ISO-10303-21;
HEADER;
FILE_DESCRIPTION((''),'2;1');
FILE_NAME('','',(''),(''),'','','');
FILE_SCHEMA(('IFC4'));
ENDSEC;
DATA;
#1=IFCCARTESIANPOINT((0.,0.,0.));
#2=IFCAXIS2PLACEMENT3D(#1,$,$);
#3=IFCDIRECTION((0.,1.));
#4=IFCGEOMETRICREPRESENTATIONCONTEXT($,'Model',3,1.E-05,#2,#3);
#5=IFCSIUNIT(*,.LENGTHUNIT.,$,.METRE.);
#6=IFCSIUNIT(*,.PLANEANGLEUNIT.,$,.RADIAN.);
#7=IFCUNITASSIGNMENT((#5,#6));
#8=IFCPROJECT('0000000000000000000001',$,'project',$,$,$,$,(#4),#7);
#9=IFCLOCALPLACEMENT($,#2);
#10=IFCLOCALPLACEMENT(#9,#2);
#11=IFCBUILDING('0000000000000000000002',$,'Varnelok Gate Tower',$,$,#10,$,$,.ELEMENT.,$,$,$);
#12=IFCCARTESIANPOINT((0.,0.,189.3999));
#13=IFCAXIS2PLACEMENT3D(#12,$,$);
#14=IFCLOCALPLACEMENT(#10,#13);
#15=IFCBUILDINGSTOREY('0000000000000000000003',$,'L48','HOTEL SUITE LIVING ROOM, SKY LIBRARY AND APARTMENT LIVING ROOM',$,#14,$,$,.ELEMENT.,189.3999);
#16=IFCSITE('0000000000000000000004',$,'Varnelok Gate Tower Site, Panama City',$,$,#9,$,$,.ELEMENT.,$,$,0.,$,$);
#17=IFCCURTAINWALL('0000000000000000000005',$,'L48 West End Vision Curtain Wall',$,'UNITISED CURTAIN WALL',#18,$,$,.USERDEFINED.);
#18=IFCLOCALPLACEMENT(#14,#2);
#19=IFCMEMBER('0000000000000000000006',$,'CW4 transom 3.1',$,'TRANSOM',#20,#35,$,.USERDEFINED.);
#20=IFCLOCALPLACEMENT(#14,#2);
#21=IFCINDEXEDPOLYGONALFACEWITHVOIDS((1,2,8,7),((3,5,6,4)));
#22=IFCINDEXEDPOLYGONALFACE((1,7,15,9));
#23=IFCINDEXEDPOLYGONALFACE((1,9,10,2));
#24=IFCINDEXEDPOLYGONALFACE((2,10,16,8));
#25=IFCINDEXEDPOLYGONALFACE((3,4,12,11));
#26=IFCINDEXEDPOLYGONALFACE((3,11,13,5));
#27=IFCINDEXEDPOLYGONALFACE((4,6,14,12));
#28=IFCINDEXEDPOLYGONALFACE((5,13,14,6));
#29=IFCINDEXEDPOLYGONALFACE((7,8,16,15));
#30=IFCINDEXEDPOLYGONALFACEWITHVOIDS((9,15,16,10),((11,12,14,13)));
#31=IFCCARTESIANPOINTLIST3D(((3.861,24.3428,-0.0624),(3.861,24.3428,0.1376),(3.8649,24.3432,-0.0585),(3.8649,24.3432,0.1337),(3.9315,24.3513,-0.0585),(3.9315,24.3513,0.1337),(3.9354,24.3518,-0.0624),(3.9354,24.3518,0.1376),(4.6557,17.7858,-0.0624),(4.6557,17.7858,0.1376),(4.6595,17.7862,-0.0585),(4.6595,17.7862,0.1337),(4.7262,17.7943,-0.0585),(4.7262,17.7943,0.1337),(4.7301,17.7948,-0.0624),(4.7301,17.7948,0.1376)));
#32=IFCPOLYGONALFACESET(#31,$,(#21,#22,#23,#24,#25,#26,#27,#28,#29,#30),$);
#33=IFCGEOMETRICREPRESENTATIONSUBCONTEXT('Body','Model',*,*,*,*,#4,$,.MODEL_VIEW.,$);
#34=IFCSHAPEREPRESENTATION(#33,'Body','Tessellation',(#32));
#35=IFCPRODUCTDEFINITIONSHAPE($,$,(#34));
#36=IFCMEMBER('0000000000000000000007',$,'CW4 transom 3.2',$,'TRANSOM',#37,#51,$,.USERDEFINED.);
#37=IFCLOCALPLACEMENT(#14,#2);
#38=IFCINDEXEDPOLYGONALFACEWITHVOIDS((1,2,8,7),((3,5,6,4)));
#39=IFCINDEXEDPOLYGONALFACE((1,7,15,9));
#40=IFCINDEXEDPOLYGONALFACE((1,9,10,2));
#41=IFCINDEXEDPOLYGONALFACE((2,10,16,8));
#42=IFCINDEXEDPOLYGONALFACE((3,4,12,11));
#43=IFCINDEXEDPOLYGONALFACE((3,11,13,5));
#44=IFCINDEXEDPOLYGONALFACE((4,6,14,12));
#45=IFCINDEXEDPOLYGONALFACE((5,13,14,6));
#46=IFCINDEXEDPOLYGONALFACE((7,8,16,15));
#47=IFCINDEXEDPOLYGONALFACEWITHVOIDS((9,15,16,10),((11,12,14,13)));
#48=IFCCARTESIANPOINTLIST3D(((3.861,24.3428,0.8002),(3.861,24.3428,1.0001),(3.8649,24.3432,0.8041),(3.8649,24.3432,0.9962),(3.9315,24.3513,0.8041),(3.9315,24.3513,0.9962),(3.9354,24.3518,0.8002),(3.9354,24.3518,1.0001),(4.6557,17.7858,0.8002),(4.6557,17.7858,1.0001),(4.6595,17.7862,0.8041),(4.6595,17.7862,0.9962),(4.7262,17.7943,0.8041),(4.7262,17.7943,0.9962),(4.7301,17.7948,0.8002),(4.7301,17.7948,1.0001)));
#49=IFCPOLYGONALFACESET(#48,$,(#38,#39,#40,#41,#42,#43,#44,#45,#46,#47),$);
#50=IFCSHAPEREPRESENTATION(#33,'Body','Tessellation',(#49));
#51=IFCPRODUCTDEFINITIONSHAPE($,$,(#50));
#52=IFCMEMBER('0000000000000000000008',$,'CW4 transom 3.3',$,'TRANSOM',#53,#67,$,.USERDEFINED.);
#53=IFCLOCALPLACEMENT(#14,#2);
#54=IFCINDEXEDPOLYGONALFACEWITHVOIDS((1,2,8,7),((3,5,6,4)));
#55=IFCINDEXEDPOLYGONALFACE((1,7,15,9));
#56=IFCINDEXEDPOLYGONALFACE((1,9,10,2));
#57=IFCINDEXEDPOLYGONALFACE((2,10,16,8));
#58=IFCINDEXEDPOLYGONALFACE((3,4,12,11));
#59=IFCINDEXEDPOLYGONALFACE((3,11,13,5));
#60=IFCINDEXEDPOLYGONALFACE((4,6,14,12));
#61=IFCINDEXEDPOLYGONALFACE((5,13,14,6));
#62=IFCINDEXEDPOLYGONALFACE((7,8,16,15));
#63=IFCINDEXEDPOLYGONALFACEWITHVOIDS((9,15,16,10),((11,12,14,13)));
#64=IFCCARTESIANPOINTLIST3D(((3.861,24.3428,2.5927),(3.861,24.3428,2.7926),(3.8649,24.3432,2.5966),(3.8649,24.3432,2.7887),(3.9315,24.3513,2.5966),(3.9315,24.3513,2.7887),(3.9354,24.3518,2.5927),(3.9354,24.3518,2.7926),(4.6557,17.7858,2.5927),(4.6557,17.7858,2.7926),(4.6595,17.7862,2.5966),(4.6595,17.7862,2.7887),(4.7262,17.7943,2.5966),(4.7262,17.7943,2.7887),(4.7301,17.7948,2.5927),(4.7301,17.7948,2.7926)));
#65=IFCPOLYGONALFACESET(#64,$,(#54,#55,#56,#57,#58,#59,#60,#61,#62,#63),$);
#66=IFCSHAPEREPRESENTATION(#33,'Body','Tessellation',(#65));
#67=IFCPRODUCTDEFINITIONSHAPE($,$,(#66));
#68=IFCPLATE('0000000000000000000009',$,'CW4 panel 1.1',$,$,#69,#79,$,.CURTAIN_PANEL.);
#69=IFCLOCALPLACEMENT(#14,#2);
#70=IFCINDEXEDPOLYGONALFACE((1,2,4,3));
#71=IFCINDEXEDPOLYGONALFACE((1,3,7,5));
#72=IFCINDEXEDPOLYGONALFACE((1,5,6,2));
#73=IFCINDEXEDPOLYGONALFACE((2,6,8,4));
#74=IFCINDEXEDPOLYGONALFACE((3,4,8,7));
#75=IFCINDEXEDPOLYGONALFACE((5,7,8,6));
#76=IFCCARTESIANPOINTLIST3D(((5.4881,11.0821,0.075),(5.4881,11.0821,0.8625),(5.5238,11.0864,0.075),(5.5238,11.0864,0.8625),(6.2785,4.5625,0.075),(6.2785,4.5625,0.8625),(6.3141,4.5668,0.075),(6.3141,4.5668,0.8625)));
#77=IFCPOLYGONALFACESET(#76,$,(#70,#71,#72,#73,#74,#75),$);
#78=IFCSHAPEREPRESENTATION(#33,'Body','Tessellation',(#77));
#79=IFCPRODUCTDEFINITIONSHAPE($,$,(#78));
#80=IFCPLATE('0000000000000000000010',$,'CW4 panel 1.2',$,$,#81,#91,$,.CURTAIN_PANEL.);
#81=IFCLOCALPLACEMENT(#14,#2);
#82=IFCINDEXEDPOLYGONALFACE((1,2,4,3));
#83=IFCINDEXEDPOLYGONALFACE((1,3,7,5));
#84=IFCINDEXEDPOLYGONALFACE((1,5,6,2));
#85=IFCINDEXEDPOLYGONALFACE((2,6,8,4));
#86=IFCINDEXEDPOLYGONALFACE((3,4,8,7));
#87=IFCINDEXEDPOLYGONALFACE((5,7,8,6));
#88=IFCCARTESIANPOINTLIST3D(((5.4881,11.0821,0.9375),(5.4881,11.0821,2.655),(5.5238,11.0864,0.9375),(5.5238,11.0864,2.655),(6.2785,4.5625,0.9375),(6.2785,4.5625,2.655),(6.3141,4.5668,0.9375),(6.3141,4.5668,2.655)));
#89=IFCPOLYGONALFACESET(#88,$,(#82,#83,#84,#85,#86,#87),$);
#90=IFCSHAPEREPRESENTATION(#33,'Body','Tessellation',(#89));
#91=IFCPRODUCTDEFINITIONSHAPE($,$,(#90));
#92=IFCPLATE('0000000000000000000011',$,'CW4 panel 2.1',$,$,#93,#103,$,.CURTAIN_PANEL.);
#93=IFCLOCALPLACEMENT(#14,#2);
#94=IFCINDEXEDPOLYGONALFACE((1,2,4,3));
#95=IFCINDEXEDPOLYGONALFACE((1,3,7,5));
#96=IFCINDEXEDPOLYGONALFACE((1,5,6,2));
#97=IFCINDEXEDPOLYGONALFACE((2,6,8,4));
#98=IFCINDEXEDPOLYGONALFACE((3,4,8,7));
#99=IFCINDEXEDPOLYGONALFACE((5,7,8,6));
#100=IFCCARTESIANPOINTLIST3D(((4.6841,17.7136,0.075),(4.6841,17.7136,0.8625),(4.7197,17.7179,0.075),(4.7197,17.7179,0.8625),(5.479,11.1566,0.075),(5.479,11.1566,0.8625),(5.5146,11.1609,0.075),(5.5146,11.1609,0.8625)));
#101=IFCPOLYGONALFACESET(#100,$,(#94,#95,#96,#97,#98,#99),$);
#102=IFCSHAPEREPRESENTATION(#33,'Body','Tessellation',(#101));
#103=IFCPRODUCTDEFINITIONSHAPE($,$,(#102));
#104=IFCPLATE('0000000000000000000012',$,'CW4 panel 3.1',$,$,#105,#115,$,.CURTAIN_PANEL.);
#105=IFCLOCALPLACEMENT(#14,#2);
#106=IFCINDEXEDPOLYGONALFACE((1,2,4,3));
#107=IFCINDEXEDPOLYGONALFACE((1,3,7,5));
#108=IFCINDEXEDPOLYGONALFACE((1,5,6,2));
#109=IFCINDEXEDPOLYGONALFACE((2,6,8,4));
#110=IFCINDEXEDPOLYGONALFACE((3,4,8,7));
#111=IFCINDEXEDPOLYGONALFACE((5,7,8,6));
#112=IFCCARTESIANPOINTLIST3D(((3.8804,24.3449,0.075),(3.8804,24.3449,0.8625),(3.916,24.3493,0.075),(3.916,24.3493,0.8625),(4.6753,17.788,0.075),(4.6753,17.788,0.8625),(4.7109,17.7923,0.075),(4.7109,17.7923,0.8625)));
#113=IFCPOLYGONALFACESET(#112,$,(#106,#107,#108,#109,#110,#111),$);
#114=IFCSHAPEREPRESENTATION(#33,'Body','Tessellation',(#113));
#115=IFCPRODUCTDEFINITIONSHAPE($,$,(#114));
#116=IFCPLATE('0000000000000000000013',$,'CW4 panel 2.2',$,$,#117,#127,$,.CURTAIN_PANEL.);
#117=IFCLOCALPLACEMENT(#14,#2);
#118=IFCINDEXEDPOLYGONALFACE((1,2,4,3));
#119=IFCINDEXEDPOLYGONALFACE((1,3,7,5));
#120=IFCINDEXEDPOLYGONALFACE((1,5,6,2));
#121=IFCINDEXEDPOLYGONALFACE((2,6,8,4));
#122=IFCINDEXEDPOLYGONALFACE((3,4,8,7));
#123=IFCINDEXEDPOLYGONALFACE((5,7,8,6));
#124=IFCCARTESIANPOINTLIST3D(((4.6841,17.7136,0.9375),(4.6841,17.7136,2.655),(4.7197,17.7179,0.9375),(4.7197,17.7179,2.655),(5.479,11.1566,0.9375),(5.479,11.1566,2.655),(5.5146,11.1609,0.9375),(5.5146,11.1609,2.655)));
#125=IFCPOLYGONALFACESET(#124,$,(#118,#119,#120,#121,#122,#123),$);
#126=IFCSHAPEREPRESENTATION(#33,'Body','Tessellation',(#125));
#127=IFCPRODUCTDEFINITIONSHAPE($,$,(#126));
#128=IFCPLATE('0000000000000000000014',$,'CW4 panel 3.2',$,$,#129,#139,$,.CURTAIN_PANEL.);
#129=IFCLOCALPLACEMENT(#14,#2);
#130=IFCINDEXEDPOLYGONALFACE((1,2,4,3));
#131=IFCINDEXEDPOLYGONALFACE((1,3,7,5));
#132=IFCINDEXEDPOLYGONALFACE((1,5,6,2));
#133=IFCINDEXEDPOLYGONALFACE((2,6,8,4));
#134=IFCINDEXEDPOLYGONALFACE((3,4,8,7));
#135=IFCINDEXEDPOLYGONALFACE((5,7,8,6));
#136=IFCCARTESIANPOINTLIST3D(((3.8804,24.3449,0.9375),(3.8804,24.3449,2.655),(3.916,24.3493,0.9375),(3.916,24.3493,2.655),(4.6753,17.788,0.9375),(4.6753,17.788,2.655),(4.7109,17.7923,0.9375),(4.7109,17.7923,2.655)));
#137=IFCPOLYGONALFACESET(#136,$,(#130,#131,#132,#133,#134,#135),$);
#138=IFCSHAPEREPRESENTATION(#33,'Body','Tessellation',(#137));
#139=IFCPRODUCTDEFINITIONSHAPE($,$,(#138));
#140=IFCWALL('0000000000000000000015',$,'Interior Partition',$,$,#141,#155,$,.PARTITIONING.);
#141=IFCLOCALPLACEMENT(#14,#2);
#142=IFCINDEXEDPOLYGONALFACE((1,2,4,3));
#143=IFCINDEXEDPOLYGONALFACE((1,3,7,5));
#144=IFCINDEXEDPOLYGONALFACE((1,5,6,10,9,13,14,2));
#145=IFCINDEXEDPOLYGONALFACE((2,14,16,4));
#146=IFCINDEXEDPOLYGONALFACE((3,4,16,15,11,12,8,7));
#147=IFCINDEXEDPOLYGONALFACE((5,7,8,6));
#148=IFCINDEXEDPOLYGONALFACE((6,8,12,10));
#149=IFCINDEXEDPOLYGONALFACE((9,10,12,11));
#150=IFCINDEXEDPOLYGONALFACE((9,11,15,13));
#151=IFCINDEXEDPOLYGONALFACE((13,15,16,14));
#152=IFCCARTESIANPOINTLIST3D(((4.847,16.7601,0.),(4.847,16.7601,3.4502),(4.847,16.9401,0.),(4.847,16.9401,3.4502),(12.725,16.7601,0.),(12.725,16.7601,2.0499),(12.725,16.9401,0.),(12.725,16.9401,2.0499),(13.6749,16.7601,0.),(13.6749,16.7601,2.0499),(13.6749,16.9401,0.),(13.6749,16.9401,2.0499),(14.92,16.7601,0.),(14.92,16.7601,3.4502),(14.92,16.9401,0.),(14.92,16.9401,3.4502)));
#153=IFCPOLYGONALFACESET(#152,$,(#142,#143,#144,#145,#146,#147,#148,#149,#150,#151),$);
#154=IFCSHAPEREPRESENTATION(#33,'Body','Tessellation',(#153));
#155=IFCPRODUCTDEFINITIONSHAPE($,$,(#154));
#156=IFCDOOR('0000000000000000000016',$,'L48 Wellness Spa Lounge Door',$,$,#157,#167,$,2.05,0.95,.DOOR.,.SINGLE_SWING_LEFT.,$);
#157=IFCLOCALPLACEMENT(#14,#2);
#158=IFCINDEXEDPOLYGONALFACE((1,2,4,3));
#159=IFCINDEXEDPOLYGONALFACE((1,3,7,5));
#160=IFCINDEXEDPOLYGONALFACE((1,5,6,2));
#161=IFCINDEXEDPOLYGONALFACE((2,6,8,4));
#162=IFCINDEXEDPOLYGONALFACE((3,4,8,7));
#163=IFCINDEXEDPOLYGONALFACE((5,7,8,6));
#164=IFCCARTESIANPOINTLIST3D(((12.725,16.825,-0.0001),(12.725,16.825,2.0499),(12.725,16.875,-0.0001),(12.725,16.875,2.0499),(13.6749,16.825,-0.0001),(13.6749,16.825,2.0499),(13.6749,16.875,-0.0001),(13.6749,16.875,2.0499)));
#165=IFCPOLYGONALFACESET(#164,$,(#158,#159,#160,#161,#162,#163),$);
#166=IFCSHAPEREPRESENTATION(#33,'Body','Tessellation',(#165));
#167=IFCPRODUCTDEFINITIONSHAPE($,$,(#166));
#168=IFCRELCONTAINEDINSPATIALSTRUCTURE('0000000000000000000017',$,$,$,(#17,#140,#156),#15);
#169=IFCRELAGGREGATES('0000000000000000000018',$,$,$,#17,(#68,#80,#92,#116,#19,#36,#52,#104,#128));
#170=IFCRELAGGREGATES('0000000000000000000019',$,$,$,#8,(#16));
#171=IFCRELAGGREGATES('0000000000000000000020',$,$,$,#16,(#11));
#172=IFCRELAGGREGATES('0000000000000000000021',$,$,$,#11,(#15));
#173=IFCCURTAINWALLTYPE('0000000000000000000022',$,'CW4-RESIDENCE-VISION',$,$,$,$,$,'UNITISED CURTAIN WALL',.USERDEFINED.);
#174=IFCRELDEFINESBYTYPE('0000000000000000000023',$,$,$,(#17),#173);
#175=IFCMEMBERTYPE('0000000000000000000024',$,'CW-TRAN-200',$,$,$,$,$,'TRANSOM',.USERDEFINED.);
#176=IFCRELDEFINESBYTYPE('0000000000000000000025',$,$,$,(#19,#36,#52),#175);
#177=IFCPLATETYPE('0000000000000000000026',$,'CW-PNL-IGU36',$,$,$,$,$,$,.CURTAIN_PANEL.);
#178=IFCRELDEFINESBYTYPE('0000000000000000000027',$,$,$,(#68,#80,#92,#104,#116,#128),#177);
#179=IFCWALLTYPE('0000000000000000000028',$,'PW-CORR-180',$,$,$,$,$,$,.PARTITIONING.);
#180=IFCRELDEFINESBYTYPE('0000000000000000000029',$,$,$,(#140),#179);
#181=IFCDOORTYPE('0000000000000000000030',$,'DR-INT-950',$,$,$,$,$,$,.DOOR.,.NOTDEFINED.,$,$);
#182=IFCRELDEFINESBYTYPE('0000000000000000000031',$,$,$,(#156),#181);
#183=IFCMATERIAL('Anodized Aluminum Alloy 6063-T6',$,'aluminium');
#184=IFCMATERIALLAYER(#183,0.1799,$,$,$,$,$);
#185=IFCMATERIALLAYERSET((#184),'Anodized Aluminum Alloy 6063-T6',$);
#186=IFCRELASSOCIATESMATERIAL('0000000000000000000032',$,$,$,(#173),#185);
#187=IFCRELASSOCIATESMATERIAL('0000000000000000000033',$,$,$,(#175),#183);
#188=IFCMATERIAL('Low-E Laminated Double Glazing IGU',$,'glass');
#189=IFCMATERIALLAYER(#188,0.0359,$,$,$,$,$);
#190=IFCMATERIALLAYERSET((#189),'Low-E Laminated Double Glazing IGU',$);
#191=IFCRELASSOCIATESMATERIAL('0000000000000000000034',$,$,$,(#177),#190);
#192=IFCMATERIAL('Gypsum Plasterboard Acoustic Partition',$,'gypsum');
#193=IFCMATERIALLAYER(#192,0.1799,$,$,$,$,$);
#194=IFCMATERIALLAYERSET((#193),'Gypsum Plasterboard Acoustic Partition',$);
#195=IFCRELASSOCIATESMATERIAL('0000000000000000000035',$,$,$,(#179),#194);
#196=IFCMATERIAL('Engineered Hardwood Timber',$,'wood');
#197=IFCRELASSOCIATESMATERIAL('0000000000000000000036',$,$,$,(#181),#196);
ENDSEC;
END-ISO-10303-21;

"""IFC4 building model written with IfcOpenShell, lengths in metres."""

from ifc_helpers import new_model, si_unit, direction, frame, frame_2d, origin, origin_2d, place, context, subcontext, project, spatial, rectangle, hollow_rectangle, extrude, source, transform, mapped, material, layer, layer_set, material_profile, profile_set, type_object, element, fill, aggregate, save


model = new_model("IFC4")

# Units and contexts
model_context = context("Model", 3, precision=1e-05, world=origin(), true_north=direction((0.0, 1.0)))
body_context = subcontext(model_context, "Body", "Model", "MODEL_VIEW")
ifc_project = project(units=[si_unit("LENGTHUNIT", "METRE"), si_unit("PLANEANGLEUNIT", "RADIAN")], contexts=[model_context])

# Site, building, storey
site_placement = place(None, origin())
site = spatial("IfcSite", under=ifc_project, at=site_placement, Name="Varnelok Gate Tower Site, Panama City", CompositionType="ELEMENT", RefElevation=0.0)
building_placement = place(site_placement, origin())
building = spatial("IfcBuilding", under=site, at=building_placement, Name="Varnelok Gate Tower", CompositionType="ELEMENT")
storey_placement = place(building_placement, frame((0.0, 0.0, 189.3999)))
storey = spatial("IfcBuildingStorey", under=building, at=storey_placement, Name="L48", Description="HOTEL SUITE LIVING ROOM, SKY LIBRARY AND APARTMENT LIVING ROOM", CompositionType="ELEMENT", Elevation=189.3999)

# Curtain wall, members, plates
ifc_material_1 = material(Name="Anodized Aluminum Alloy 6063-T6", Category="aluminium")
ifc_layer_1 = layer(ifc_material_1, 0.1799)
ifc_layer_set_1 = layer_set([ifc_layer_1], Name="Anodized Aluminum Alloy 6063-T6")
curtain_wall_type = type_object("IfcCurtainWallType", Name="CW4-RESIDENCE-VISION", ElementType="UNITISED CURTAIN WALL", PredefinedType="USERDEFINED", material=ifc_layer_set_1)
curtain_wall_placement = place(storey_placement, origin())
curtain_wall = element("IfcCurtainWall", 1, at=curtain_wall_placement, inside=storey, type_object=curtain_wall_type, Name="L48 West End Vision Curtain Wall", ObjectType="UNITISED CURTAIN WALL", PredefinedType="USERDEFINED")
ifc_material_profile_1 = material_profile(ifc_material_1, hollow_rectangle(XDim=0.075, YDim=0.2, WallThickness=0.0039, at=origin_2d()), Name="ALU200X75X4")
ifc_profile_set_1 = profile_set([ifc_material_profile_1], Name="Anodized Aluminum Alloy 6063-T6")
member_type_1 = type_object("IfcMemberType", Name="CW-TRAN-200", ElementType="TRANSOM", PredefinedType="USERDEFINED", material=ifc_profile_set_1)
member_1_placement = place(storey_placement, frame((4.6929, 17.7903, 0.0376), z_axis=(-0.120317, 0.992736, 0.0), x_axis=(-0.992736, -0.120317, 0.0)))
member_1 = element("IfcMember", 2, at=member_1_placement, type_object=member_type_1, Name="CW4 transom 3.1", ObjectType="TRANSOM", PredefinedType="USERDEFINED", context=body_context, shape_type="SweptSolid", body=[
    extrude(hollow_rectangle(XDim=0.075, YDim=0.2, WallThickness=0.0039, at=origin_2d()), origin(), (0.0, 0.0, 1.0), 6.605),
])
member_2_placement = place(storey_placement, frame((4.6929, 17.7903, 0.9001), z_axis=(-0.120317, 0.992736, 0.0), x_axis=(-0.992736, -0.120317, 0.0)))
member_2 = element("IfcMember", 3, at=member_2_placement, type_object=member_type_1, Name="CW4 transom 3.2", ObjectType="TRANSOM", PredefinedType="USERDEFINED", context=body_context, shape_type="SweptSolid", body=[
    extrude(hollow_rectangle(XDim=0.075, YDim=0.2, WallThickness=0.0039, at=origin_2d()), origin(), (0.0, 0.0, 1.0), 6.605),
])
member_3_placement = place(storey_placement, frame((4.6929, 17.7903, 2.6926), z_axis=(-0.120317, 0.992736, 0.0), x_axis=(-0.992736, -0.120317, 0.0)))
member_3 = element("IfcMember", 4, at=member_3_placement, type_object=member_type_1, Name="CW4 transom 3.3", ObjectType="TRANSOM", PredefinedType="USERDEFINED", context=body_context, shape_type="SweptSolid", body=[
    extrude(hollow_rectangle(XDim=0.075, YDim=0.2, WallThickness=0.0039, at=origin_2d()), origin(), (0.0, 0.0, 1.0), 6.605),
])
ifc_material_2 = material(Name="Low-E Laminated Double Glazing IGU", Category="glass")
ifc_layer_2 = layer(ifc_material_2, 0.0359)
ifc_layer_set_2 = layer_set([ifc_layer_2], Name="Low-E Laminated Double Glazing IGU")
plate_type = type_object("IfcPlateType", Name="CW-PNL-IGU36", PredefinedType="CURTAIN_PANEL", material=ifc_layer_set_2)
shared_shape_1 = source(origin(), body_context, "Body", "SweptSolid", [
    extrude(rectangle(XDim=6.5674, YDim=0.0359, at=origin_2d()), origin(), (0.0, 0.0, 1.0), 0.7876),
])
plate_1_placement = place(storey_placement, frame((5.9011, 7.8245, 0.075), z_axis=(0.0, 0.0, 1.0), x_axis=(-0.120345, 0.992732, 0.0)))
plate_1 = element("IfcPlate", 5, at=plate_1_placement, type_object=plate_type, Name="CW4 panel 1.1", PredefinedType="CURTAIN_PANEL", context=body_context, shape_type="MappedRepresentation", body=[
    mapped(shared_shape_1, transform((0.0, 0.0, 0.0), scale=1.0)),
])
shared_shape_2 = source(origin(), body_context, "Body", "SweptSolid", [
    extrude(rectangle(XDim=6.5674, YDim=0.0359, at=origin_2d()), origin(), (0.0, 0.0, 1.0), 1.7175),
])
plate_2_placement = place(storey_placement, frame((5.9011, 7.8245, 0.9375), z_axis=(0.0, 0.0, 1.0), x_axis=(-0.120345, 0.992732, 0.0)))
plate_2 = element("IfcPlate", 6, at=plate_2_placement, type_object=plate_type, Name="CW4 panel 1.2", PredefinedType="CURTAIN_PANEL", context=body_context, shape_type="MappedRepresentation", body=[
    mapped(shared_shape_2, transform((0.0, 0.0, 0.0), scale=1.0)),
])
shared_shape_3 = source(origin(), body_context, "Body", "SweptSolid", [
    extrude(rectangle(XDim=6.605, YDim=0.0359, at=origin_2d()), origin(), (0.0, 0.0, 1.0), 0.7876),
])
plate_3_placement = place(storey_placement, frame((5.0994, 14.4373, 0.075), z_axis=(0.0, 0.0, 1.0), x_axis=(-0.120345, 0.992732, 0.0)))
plate_3 = element("IfcPlate", 7, at=plate_3_placement, type_object=plate_type, Name="CW4 panel 2.1", PredefinedType="CURTAIN_PANEL", context=body_context, shape_type="MappedRepresentation", body=[
    mapped(shared_shape_3, transform((0.0, 0.0, 0.0), scale=1.0)),
])
plate_4_placement = place(storey_placement, frame((4.2957, 21.0686, 0.075), z_axis=(0.0, 0.0, 1.0), x_axis=(-0.120345, 0.992732, 0.0)))
plate_4 = element("IfcPlate", 8, at=plate_4_placement, type_object=plate_type, Name="CW4 panel 3.1", PredefinedType="CURTAIN_PANEL", context=body_context, shape_type="MappedRepresentation", body=[
    mapped(shared_shape_3, transform((0.0, 0.0, 0.0), scale=1.0)),
])
shared_shape_4 = source(origin(), body_context, "Body", "SweptSolid", [
    extrude(rectangle(XDim=6.605, YDim=0.0359, at=origin_2d()), origin(), (0.0, 0.0, 1.0), 1.7175),
])
plate_5_placement = place(storey_placement, frame((5.0994, 14.4373, 0.9375), z_axis=(0.0, 0.0, 1.0), x_axis=(-0.120345, 0.992732, 0.0)))
plate_5 = element("IfcPlate", 9, at=plate_5_placement, type_object=plate_type, Name="CW4 panel 2.2", PredefinedType="CURTAIN_PANEL", context=body_context, shape_type="MappedRepresentation", body=[
    mapped(shared_shape_4, transform((0.0, 0.0, 0.0), scale=1.0)),
])
plate_6_placement = place(storey_placement, frame((4.2957, 21.0686, 0.9375), z_axis=(0.0, 0.0, 1.0), x_axis=(-0.120345, 0.992732, 0.0)))
plate_6 = element("IfcPlate", 10, at=plate_6_placement, type_object=plate_type, Name="CW4 panel 3.2", PredefinedType="CURTAIN_PANEL", context=body_context, shape_type="MappedRepresentation", body=[
    mapped(shared_shape_4, transform((0.0, 0.0, 0.0), scale=1.0)),
])
aggregate(curtain_wall, [plate_1, plate_2, plate_3, plate_5, member_1, member_2, member_3, plate_4, plate_6])

# Wall, opening, door
ifc_material_3 = material(Name="Gypsum Plasterboard Acoustic Partition", Category="gypsum")
ifc_layer_3 = layer(ifc_material_3, 0.1799)
ifc_layer_set_3 = layer_set([ifc_layer_3], Name="Gypsum Plasterboard Acoustic Partition")
wall_type_1 = type_object("IfcWallType", Name="PW-CORR-180", PredefinedType="PARTITIONING", material=ifc_layer_set_3)
wall_1_placement = place(storey_placement, frame((4.8469, 16.8501, 0.0), z_axis=(0.0, 0.0, 1.0), x_axis=(1.0, 0.0, 0.0)))
wall_1 = element("IfcWall", 11, at=wall_1_placement, inside=storey, type_object=wall_type_1, Name="Interior Partition", PredefinedType="PARTITIONING", context=body_context, shape_type="SweptSolid", body=[
    extrude(rectangle(XDim=10.073, YDim=0.1799, at=frame_2d((5.0366, 0.0))), origin(), (0.0, 0.0, 1.0), 3.4502),
])
opening_1_placement = place(wall_1_placement, frame((7.8779, 0.0, 0.0)))
opening_1 = element("IfcOpeningElement", 12, at=opening_1_placement, cuts=wall_1, PredefinedType="OPENING", context=body_context, shape_type="SweptSolid", body=[
    extrude(rectangle(XDim=0.95, YDim=2.05, at=frame_2d((0.4751, 1.0249))), frame((0.0, 0.0999, 0.0), z_axis=(0.0, -1.0, 0.0), x_axis=(1.0, 0.0, 0.0)), (0.0, 0.0, 1.0), 0.2),
])
ifc_material_4 = material(Name="Engineered Hardwood Timber", Category="wood")
door_type_1 = type_object("IfcDoorType", Name="DR-INT-950", OperationType="NOTDEFINED", PredefinedType="DOOR", material=ifc_material_4)
door_1_placement = place(opening_1_placement, origin())
door_1 = element("IfcDoor", 13, at=door_1_placement, inside=storey, type_object=door_type_1, Name="L48 Wellness Spa Lounge Door", OperationType="SINGLE_SWING_LEFT", OverallHeight=2.05, OverallWidth=0.95, PredefinedType="DOOR", context=body_context, shape_type="SweptSolid", body=[
    extrude(rectangle(XDim=0.95, YDim=2.05, at=frame_2d((0.4751, 1.0249))), frame((0.0, 0.0249, 0.0), z_axis=(0.0, -1.0, 0.0), x_axis=(1.0, 0.0, 0.0)), (0.0, 0.0, 1.0), 0.05),
])
fill(opening_1, door_1)

save(model, "model.ifc")
